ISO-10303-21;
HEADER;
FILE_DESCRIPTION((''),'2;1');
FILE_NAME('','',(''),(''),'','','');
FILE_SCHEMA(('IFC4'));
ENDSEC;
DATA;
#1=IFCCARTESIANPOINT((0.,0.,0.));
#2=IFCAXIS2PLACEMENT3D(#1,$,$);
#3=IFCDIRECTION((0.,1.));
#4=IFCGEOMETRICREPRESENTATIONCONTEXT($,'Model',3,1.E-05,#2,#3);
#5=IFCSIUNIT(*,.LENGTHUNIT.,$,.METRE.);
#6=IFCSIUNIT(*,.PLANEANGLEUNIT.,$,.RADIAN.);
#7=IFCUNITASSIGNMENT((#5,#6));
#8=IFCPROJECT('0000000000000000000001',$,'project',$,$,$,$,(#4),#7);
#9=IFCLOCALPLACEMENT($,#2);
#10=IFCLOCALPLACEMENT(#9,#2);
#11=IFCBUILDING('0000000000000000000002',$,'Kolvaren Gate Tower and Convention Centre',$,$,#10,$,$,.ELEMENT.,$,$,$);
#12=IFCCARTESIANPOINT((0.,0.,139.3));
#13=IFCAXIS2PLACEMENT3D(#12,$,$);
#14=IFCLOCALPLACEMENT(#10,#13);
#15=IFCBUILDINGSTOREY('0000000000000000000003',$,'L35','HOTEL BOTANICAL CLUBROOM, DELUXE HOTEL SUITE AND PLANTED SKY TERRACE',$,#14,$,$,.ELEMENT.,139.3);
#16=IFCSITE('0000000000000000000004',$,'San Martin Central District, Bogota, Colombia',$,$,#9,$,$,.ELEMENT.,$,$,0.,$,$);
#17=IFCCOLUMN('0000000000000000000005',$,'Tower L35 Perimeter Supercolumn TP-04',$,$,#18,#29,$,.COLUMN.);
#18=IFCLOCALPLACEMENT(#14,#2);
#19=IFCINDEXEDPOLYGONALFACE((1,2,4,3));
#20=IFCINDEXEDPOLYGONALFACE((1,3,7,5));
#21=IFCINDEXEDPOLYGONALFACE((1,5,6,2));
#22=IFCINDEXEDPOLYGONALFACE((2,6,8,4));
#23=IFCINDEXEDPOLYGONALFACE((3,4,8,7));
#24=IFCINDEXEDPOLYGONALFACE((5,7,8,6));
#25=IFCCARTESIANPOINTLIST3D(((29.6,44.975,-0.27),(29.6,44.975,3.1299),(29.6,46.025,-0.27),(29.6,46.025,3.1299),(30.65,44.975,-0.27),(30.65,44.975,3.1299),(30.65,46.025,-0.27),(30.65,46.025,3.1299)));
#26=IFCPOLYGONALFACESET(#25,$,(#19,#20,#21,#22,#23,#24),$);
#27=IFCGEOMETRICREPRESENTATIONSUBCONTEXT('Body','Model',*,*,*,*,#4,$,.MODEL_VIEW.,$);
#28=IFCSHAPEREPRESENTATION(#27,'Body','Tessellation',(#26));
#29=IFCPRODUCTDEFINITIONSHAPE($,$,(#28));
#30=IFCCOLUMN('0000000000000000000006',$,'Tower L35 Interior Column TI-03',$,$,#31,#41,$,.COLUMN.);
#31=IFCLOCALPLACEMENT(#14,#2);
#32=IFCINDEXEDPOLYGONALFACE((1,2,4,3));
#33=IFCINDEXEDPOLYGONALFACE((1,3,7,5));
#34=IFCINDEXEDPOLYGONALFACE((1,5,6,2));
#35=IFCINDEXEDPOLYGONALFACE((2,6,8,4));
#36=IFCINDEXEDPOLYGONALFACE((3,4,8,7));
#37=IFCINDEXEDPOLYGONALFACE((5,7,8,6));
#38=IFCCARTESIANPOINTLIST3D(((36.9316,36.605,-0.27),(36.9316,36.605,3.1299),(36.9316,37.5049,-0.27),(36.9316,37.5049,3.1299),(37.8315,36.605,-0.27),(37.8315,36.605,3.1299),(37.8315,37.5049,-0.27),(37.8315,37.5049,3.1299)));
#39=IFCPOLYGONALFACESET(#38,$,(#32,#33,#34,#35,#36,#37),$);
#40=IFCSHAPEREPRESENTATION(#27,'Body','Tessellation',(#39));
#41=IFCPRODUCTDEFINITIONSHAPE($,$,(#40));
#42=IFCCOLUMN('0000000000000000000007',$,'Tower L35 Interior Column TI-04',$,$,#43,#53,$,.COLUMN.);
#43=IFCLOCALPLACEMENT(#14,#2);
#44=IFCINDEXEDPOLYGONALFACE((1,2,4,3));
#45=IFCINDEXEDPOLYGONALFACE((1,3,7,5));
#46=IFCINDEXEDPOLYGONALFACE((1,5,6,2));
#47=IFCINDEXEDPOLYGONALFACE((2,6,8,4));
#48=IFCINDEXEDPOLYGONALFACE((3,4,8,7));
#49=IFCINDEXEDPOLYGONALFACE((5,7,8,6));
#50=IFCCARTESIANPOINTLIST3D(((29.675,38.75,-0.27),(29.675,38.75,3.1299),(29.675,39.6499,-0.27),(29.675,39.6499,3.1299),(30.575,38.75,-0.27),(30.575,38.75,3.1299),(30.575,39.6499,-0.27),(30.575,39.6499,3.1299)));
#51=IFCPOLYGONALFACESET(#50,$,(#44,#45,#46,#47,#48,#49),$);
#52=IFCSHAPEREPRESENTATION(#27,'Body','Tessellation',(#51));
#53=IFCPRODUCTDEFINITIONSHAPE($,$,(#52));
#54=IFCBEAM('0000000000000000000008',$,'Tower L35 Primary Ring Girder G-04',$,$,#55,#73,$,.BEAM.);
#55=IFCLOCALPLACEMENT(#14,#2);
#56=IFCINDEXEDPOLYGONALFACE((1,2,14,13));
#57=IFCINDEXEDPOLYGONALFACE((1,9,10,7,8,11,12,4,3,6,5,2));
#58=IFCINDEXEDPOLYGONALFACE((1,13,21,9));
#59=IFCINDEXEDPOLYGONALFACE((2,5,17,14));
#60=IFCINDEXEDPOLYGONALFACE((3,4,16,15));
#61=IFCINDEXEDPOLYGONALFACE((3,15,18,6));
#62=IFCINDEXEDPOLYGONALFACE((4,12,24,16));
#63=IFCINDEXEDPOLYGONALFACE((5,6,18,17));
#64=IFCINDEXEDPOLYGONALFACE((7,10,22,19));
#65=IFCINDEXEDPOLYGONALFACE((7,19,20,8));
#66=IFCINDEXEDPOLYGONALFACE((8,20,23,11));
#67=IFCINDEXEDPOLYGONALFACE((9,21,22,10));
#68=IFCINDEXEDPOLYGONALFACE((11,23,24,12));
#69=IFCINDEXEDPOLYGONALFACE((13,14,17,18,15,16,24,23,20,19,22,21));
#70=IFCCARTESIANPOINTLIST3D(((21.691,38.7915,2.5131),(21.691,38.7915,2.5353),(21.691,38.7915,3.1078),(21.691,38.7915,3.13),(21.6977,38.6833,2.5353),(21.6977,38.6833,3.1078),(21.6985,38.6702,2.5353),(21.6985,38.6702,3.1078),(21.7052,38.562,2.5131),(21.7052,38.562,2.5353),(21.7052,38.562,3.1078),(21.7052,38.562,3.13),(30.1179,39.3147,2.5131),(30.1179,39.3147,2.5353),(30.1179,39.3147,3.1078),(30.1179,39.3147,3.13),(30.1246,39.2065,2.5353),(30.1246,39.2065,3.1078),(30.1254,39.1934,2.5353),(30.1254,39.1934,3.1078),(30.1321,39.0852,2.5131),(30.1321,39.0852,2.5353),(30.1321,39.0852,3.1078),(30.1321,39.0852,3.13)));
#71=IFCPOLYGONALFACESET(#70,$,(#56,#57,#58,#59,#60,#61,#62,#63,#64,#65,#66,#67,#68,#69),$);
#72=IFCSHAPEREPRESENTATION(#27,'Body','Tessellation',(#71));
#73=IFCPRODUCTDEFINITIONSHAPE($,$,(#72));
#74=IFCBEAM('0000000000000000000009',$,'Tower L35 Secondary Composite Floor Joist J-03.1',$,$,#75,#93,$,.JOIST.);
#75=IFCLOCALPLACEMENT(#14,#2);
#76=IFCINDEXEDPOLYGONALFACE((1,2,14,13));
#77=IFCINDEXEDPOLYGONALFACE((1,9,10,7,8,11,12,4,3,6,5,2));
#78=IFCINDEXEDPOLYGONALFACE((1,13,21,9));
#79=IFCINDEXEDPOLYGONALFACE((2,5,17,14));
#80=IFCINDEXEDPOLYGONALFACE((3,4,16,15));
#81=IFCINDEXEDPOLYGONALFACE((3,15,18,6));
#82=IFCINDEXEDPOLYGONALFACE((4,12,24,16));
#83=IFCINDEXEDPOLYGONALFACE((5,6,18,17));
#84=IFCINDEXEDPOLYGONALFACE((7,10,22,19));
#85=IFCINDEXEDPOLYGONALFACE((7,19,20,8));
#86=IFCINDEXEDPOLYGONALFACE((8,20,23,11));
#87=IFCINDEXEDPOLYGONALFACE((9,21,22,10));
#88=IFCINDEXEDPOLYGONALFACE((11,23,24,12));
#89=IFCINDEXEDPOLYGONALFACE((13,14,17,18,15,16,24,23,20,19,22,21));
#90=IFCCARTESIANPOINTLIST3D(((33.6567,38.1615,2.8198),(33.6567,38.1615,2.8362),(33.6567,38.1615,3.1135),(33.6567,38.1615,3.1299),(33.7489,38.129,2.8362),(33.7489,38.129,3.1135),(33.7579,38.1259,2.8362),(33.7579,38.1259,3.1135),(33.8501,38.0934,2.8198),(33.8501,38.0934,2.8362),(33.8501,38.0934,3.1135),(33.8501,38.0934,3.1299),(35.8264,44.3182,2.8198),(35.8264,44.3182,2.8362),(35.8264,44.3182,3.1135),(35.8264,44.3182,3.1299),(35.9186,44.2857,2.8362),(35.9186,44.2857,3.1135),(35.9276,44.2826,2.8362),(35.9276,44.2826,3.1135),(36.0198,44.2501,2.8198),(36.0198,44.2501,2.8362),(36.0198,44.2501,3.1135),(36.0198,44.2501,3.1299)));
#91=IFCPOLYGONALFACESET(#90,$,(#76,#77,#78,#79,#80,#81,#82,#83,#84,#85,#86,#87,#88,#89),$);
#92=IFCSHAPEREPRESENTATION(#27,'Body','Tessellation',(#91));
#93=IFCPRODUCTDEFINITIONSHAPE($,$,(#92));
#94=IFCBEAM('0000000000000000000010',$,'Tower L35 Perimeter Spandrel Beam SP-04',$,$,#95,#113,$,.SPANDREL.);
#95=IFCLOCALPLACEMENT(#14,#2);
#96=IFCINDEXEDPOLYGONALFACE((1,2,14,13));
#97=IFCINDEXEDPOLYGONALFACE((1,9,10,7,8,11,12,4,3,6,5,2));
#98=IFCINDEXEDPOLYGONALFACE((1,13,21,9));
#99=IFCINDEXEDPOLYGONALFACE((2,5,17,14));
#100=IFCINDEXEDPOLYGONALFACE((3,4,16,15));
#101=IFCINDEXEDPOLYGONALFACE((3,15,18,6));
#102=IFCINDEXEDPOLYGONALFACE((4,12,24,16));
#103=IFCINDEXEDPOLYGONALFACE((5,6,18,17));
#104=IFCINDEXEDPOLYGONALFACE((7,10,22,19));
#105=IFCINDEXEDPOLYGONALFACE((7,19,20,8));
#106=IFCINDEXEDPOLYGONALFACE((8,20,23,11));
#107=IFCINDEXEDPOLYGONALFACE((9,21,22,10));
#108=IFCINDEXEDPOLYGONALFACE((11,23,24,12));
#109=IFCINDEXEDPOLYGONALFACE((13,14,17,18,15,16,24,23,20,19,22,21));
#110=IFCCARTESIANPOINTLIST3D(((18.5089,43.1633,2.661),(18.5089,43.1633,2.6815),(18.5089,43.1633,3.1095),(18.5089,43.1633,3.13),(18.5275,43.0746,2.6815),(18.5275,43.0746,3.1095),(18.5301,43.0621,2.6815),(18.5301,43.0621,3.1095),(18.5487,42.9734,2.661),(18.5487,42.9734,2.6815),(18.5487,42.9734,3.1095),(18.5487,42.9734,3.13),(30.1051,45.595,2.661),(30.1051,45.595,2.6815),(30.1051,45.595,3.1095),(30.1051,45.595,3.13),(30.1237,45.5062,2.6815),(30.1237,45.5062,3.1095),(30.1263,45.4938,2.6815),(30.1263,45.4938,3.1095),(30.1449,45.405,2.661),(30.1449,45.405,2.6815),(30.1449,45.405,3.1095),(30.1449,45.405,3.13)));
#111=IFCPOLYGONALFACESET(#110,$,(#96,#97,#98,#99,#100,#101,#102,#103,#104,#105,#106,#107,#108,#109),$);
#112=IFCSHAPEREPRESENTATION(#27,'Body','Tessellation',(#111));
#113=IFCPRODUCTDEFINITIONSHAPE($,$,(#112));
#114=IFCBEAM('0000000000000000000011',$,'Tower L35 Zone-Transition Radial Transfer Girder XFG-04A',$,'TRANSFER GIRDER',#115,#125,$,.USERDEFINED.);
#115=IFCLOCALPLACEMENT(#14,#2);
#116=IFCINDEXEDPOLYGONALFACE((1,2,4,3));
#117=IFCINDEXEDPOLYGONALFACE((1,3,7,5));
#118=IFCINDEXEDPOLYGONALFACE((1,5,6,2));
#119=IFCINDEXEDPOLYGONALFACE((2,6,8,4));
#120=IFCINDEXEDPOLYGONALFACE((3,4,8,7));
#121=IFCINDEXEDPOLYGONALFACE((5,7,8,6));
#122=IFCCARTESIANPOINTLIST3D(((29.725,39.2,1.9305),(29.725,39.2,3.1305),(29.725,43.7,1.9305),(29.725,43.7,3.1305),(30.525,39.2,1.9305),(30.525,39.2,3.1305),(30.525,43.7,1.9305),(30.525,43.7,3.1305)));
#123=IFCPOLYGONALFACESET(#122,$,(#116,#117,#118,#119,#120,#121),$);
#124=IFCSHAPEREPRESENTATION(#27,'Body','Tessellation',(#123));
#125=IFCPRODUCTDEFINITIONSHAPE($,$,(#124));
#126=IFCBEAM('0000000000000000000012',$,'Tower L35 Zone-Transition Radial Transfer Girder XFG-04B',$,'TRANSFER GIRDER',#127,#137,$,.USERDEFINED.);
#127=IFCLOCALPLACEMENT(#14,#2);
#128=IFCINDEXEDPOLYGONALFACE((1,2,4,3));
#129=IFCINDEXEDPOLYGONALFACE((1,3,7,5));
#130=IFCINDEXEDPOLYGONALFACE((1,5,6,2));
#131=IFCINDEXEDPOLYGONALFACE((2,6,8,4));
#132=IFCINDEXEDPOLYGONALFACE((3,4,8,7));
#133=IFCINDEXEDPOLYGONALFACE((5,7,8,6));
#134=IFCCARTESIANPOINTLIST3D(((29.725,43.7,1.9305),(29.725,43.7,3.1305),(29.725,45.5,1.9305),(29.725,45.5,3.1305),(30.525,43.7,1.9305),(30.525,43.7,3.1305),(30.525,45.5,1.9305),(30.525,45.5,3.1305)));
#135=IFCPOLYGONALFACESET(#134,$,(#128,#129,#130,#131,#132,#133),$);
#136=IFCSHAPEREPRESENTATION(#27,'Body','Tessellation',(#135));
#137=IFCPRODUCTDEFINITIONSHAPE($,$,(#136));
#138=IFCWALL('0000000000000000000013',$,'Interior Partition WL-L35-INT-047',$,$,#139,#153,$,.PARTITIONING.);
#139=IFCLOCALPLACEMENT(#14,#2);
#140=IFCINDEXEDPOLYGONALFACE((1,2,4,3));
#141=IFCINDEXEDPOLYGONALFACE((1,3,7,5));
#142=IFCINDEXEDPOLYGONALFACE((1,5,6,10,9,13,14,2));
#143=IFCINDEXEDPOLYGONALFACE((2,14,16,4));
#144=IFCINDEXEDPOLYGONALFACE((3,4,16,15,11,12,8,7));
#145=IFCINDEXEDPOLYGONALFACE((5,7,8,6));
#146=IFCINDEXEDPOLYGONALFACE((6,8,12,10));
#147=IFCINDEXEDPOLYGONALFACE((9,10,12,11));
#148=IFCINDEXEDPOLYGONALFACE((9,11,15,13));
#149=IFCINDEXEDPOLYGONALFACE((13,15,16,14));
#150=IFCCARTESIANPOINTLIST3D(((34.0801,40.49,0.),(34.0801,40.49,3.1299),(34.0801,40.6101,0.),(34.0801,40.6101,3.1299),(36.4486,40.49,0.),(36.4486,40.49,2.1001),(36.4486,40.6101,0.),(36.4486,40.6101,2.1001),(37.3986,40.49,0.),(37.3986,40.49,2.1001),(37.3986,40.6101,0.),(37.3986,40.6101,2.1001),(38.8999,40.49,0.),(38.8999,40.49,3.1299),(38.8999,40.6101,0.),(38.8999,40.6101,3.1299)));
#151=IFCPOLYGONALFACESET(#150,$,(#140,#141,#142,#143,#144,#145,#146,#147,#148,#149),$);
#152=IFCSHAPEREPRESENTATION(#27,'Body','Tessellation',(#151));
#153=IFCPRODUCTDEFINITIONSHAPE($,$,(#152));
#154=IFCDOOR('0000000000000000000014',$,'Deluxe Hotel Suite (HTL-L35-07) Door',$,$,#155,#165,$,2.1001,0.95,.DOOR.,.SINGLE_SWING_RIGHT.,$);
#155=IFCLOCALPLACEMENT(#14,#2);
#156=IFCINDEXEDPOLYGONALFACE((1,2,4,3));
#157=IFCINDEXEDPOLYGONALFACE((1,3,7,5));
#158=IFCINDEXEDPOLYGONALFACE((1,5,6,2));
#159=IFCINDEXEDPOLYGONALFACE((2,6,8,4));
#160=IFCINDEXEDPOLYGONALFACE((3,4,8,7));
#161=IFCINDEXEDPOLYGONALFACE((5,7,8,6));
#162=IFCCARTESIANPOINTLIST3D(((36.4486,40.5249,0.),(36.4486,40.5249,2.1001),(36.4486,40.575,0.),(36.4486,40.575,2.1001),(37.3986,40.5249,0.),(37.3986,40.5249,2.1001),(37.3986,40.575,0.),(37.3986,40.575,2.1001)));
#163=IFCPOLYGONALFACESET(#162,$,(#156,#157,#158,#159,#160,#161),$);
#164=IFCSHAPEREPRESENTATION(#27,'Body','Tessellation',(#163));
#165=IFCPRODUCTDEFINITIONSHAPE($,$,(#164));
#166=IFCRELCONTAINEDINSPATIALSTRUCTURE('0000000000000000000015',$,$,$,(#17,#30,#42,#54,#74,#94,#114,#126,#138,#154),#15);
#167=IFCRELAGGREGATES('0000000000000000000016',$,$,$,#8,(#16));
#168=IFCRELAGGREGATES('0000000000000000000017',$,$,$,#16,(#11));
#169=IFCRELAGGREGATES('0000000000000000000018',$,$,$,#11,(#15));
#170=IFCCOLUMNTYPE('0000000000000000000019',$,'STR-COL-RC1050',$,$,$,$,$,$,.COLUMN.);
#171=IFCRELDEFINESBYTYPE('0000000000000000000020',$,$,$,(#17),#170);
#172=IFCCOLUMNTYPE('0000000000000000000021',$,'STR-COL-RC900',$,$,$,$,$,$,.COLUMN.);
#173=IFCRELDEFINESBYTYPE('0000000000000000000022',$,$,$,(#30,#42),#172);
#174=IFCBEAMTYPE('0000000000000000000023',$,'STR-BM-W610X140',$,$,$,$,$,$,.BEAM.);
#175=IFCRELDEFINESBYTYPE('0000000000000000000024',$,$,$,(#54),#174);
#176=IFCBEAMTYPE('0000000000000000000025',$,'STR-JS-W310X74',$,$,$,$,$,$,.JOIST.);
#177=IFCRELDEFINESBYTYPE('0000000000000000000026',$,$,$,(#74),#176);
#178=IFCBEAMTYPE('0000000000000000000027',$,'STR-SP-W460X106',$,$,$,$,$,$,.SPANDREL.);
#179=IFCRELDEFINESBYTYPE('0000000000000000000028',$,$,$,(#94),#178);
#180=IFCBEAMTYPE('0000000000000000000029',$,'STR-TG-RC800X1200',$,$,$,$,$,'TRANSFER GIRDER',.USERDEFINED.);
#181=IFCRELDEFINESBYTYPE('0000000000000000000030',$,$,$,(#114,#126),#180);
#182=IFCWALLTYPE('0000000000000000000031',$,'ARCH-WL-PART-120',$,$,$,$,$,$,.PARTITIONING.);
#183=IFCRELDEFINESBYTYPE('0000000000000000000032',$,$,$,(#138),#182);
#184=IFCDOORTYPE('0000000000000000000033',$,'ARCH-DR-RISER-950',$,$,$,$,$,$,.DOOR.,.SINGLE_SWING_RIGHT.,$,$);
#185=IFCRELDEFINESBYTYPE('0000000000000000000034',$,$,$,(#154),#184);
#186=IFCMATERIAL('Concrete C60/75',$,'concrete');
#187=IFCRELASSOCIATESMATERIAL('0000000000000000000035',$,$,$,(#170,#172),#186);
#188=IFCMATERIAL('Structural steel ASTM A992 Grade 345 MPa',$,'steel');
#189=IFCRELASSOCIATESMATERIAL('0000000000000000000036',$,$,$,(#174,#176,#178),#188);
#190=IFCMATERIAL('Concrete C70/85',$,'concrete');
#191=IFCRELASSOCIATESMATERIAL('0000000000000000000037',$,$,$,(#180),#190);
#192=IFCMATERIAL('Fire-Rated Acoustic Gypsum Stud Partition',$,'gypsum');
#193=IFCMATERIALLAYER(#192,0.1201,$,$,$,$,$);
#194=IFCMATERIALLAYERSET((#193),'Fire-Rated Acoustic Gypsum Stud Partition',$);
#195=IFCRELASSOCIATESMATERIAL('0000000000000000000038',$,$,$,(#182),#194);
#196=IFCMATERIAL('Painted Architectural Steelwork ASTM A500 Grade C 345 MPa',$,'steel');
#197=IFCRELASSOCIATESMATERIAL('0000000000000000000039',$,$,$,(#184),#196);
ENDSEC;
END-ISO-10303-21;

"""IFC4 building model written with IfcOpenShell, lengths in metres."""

from ifc_helpers import new_model, si_unit, direction, frame, frame_2d, origin, origin_2d, place, context, subcontext, project, spatial, rectangle, i_section, extrude, material, layer, layer_set, material_profile, profile_set, type_object, element, fill, save


model = new_model("IFC4")

# Units and contexts
model_context = context("Model", 3, precision=1e-05, world=origin(), true_north=direction((0.0, 1.0)))
body_context = subcontext(model_context, "Body", "Model", "MODEL_VIEW")
ifc_project = project(units=[si_unit("LENGTHUNIT", "METRE"), si_unit("PLANEANGLEUNIT", "RADIAN")], contexts=[model_context])

# Site, building, storey
site_placement = place(None, origin())
site = spatial("IfcSite", under=ifc_project, at=site_placement, Name="San Martin Central District, Bogota, Colombia", CompositionType="ELEMENT", RefElevation=0.0)
building_placement = place(site_placement, origin())
building = spatial("IfcBuilding", under=site, at=building_placement, Name="Kolvaren Gate Tower and Convention Centre", CompositionType="ELEMENT")
storey_placement = place(building_placement, frame((0.0, 0.0, 139.3)))
storey = spatial("IfcBuildingStorey", under=building, at=storey_placement, Name="L35", Description="HOTEL BOTANICAL CLUBROOM, DELUXE HOTEL SUITE AND PLANTED SKY TERRACE", CompositionType="ELEMENT", Elevation=139.3)

# Columns
ifc_material_1 = material(Name="Concrete C60/75", Category="concrete")
ifc_material_profile_1 = material_profile(ifc_material_1, rectangle(XDim=1.05, YDim=1.05, at=origin_2d()), Name="RC-COL-1050X1050")
ifc_profile_set_1 = profile_set([ifc_material_profile_1], Name="Concrete C60/75")
column_type_1 = type_object("IfcColumnType", Name="STR-COL-RC1050", PredefinedType="COLUMN", material=ifc_profile_set_1)
column_placement = place(storey_placement, frame((30.125, 45.5, -0.27), z_axis=(0.0, 0.0, 1.0), x_axis=(1.0, 0.0, 0.0)))
element("IfcColumn", 1, at=column_placement, inside=storey, type_object=column_type_1, Name="Tower L35 Perimeter Supercolumn TP-04", PredefinedType="COLUMN", context=body_context, shape_type="SweptSolid", body=[
    extrude(rectangle(XDim=1.05, YDim=1.05, at=origin_2d()), origin(), (0.0, 0.0, 1.0), 3.3999),
])
ifc_material_profile_2 = material_profile(ifc_material_1, rectangle(XDim=0.8999, YDim=0.8999, at=origin_2d()), Name="RC-COL-900X900")
ifc_profile_set_2 = profile_set([ifc_material_profile_2], Name="Concrete C60/75")
column_type_2 = type_object("IfcColumnType", Name="STR-COL-RC900", PredefinedType="COLUMN", material=ifc_profile_set_2)
for number, where, z_axis, x_axis, name in (
    (2, (37.3816, 37.0549, -0.27), (0.0, 0.0, 1.0), (1.0, 0.0, 0.0), "Tower L35 Interior Column TI-03"),
    (3, (30.125, 39.2, -0.27), (0.0, 0.0, 1.0), (1.0, 0.0, 0.0), "Tower L35 Interior Column TI-04"),
):
    element("IfcColumn", number, at=place(storey_placement, frame(where, z_axis=z_axis, x_axis=x_axis)), inside=storey, type_object=column_type_2, Name=name, PredefinedType="COLUMN", context=body_context, shape_type="SweptSolid", body=[
        extrude(rectangle(XDim=0.8999, YDim=0.8999, at=origin_2d()), origin(), (0.0, 0.0, 1.0), 3.3999),
    ])

# Beams
ifc_material_2 = material(Name="Structural steel ASTM A992 Grade 345 MPa", Category="steel")
ifc_material_profile_3 = material_profile(ifc_material_2, i_section(OverallWidth=0.23, OverallDepth=0.6169, WebThickness=0.0132, FlangeThickness=0.0222, at=origin_2d()), Name="W610X140")
ifc_profile_set_3 = profile_set([ifc_material_profile_3], Name="Structural steel ASTM A992 Grade 345 MPa")
beam_type_1 = type_object("IfcBeamType", Name="STR-BM-W610X140", PredefinedType="BEAM", material=ifc_profile_set_3)
beam_1_placement = place(storey_placement, frame((30.125, 39.2, 2.8215), z_axis=(-0.998078, -0.061966, 0.0), x_axis=(0.061966, -0.998078, 0.0)))
element("IfcBeam", 4, at=beam_1_placement, inside=storey, type_object=beam_type_1, Name="Tower L35 Primary Ring Girder G-04", PredefinedType="BEAM", context=body_context, shape_type="SweptSolid", body=[
    extrude(i_section(OverallWidth=0.23, OverallDepth=0.6169, WebThickness=0.0132, FlangeThickness=0.0222, at=origin_2d()), origin(), (0.0, 0.0, 1.0), 8.4431),
])
ifc_material_profile_4 = material_profile(ifc_material_2, i_section(OverallWidth=0.2051, OverallDepth=0.3101, WebThickness=0.0095, FlangeThickness=0.0164, at=origin_2d()), Name="W310X74")
ifc_profile_set_4 = profile_set([ifc_material_profile_4], Name="Structural steel ASTM A992 Grade 345 MPa")
beam_type_2 = type_object("IfcBeamType", Name="STR-JS-W310X74", PredefinedType="JOIST", material=ifc_profile_set_4)
beam_2_placement = place(storey_placement, frame((33.7534, 38.1274, 2.9749), z_axis=(0.332372, 0.943148, 0.0), x_axis=(-0.943148, 0.332372, 0.0)))
element("IfcBeam", 5, at=beam_2_placement, inside=storey, type_object=beam_type_2, Name="Tower L35 Secondary Composite Floor Joist J-03.1", PredefinedType="JOIST", context=body_context, shape_type="SweptSolid", body=[
    extrude(i_section(OverallWidth=0.2051, OverallDepth=0.3101, WebThickness=0.0095, FlangeThickness=0.0164, at=origin_2d()), origin(), (0.0, 0.0, 1.0), 6.5278),
])
ifc_material_profile_5 = material_profile(ifc_material_2, i_section(OverallWidth=0.1941, OverallDepth=0.469, WebThickness=0.0127, FlangeThickness=0.0205, at=origin_2d()), Name="W460X106")
ifc_profile_set_5 = profile_set([ifc_material_profile_5], Name="Structural steel ASTM A992 Grade 345 MPa")
beam_type_3 = type_object("IfcBeamType", Name="STR-SP-W460X106", PredefinedType="SPANDREL", material=ifc_profile_set_5)
beam_3_placement = place(storey_placement, frame((30.125, 45.5, 2.8955), z_axis=(-0.978714, -0.205229, 0.0), x_axis=(0.205229, -0.978714, 0.0)))
element("IfcBeam", 6, at=beam_3_placement, inside=storey, type_object=beam_type_3, Name="Tower L35 Perimeter Spandrel Beam SP-04", PredefinedType="SPANDREL", context=body_context, shape_type="SweptSolid", body=[
    extrude(i_section(OverallWidth=0.1941, OverallDepth=0.469, WebThickness=0.0127, FlangeThickness=0.0205, at=origin_2d()), origin(), (0.0, 0.0, 1.0), 11.8484),
])
ifc_material_3 = material(Name="Concrete C70/85", Category="concrete")
ifc_material_profile_6 = material_profile(ifc_material_3, rectangle(XDim=0.8, YDim=1.2, at=origin_2d()), Name="RC-BM-800X1200")
ifc_profile_set_6 = profile_set([ifc_material_profile_6], Name="Concrete C70/85")
beam_type_4 = type_object("IfcBeamType", Name="STR-TG-RC800X1200", ElementType="TRANSFER GIRDER", PredefinedType="USERDEFINED", material=ifc_profile_set_6)
beam_4_placement = place(storey_placement, frame((30.125, 39.2, 2.5305), z_axis=(0.0, 1.0, 0.0), x_axis=(-1.0, 0.0, 0.0)))
element("IfcBeam", 7, at=beam_4_placement, inside=storey, type_object=beam_type_4, Name="Tower L35 Zone-Transition Radial Transfer Girder XFG-04A", ObjectType="TRANSFER GIRDER", PredefinedType="USERDEFINED", context=body_context, shape_type="SweptSolid", body=[
    extrude(rectangle(XDim=0.8, YDim=1.2, at=origin_2d()), origin(), (0.0, 0.0, 1.0), 4.5),
])
beam_5_placement = place(storey_placement, frame((30.125, 43.7, 2.5305), z_axis=(0.0, 1.0, 0.0), x_axis=(-1.0, 0.0, 0.0)))
element("IfcBeam", 8, at=beam_5_placement, inside=storey, type_object=beam_type_4, Name="Tower L35 Zone-Transition Radial Transfer Girder XFG-04B", ObjectType="TRANSFER GIRDER", PredefinedType="USERDEFINED", context=body_context, shape_type="SweptSolid", body=[
    extrude(rectangle(XDim=0.8, YDim=1.2, at=origin_2d()), origin(), (0.0, 0.0, 1.0), 1.8),
])

# Wall, opening, door
ifc_material_4 = material(Name="Fire-Rated Acoustic Gypsum Stud Partition", Category="gypsum")
ifc_layer_1 = layer(ifc_material_4, 0.1201)
ifc_layer_set_1 = layer_set([ifc_layer_1], Name="Fire-Rated Acoustic Gypsum Stud Partition")
wall_type_1 = type_object("IfcWallType", Name="ARCH-WL-PART-120", PredefinedType="PARTITIONING", material=ifc_layer_set_1)
wall_1_placement = place(storey_placement, frame((34.0801, 40.55, 0.0), z_axis=(0.0, 0.0, 1.0), x_axis=(1.0, 0.0, 0.0)))
wall_1 = element("IfcWall", 9, at=wall_1_placement, inside=storey, type_object=wall_type_1, Name="Interior Partition WL-L35-INT-047", PredefinedType="PARTITIONING", context=body_context, shape_type="SweptSolid", body=[
    extrude(rectangle(XDim=4.8198, YDim=0.1201, at=frame_2d((2.4099, 0.0))), origin(), (0.0, 0.0, 1.0), 3.1299),
])
opening_1_placement = place(wall_1_placement, frame((2.3684, 0.0, 0.0)))
opening_1 = element("IfcOpeningElement", 10, at=opening_1_placement, cuts=wall_1, PredefinedType="OPENING", context=body_context, shape_type="SweptSolid", body=[
    extrude(rectangle(XDim=0.95, YDim=2.1001, at=frame_2d((0.4751, 1.05))), frame((0.0, 0.0701, 0.0), z_axis=(0.0, -1.0, 0.0), x_axis=(1.0, 0.0, 0.0)), (0.0, 0.0, 1.0), 0.1401),
])
ifc_material_5 = material(Name="Painted Architectural Steelwork ASTM A500 Grade C 345 MPa", Category="steel")
door_type_1 = type_object("IfcDoorType", Name="ARCH-DR-RISER-950", OperationType="SINGLE_SWING_RIGHT", PredefinedType="DOOR", material=ifc_material_5)
door_1_placement = place(opening_1_placement, origin())
door_1 = element("IfcDoor", 11, at=door_1_placement, inside=storey, type_object=door_type_1, Name="Deluxe Hotel Suite (HTL-L35-07) Door", OperationType="SINGLE_SWING_RIGHT", OverallHeight=2.1001, OverallWidth=0.95, PredefinedType="DOOR", context=body_context, shape_type="SweptSolid", body=[
    extrude(rectangle(XDim=0.95, YDim=2.1001, at=frame_2d((0.4751, 1.05))), frame((0.0, 0.0249, 0.0), z_axis=(0.0, -1.0, 0.0), x_axis=(1.0, 0.0, 0.0)), (0.0, 0.0, 1.0), 0.05),
])
fill(opening_1, door_1)

save(model, "model.ifc")
